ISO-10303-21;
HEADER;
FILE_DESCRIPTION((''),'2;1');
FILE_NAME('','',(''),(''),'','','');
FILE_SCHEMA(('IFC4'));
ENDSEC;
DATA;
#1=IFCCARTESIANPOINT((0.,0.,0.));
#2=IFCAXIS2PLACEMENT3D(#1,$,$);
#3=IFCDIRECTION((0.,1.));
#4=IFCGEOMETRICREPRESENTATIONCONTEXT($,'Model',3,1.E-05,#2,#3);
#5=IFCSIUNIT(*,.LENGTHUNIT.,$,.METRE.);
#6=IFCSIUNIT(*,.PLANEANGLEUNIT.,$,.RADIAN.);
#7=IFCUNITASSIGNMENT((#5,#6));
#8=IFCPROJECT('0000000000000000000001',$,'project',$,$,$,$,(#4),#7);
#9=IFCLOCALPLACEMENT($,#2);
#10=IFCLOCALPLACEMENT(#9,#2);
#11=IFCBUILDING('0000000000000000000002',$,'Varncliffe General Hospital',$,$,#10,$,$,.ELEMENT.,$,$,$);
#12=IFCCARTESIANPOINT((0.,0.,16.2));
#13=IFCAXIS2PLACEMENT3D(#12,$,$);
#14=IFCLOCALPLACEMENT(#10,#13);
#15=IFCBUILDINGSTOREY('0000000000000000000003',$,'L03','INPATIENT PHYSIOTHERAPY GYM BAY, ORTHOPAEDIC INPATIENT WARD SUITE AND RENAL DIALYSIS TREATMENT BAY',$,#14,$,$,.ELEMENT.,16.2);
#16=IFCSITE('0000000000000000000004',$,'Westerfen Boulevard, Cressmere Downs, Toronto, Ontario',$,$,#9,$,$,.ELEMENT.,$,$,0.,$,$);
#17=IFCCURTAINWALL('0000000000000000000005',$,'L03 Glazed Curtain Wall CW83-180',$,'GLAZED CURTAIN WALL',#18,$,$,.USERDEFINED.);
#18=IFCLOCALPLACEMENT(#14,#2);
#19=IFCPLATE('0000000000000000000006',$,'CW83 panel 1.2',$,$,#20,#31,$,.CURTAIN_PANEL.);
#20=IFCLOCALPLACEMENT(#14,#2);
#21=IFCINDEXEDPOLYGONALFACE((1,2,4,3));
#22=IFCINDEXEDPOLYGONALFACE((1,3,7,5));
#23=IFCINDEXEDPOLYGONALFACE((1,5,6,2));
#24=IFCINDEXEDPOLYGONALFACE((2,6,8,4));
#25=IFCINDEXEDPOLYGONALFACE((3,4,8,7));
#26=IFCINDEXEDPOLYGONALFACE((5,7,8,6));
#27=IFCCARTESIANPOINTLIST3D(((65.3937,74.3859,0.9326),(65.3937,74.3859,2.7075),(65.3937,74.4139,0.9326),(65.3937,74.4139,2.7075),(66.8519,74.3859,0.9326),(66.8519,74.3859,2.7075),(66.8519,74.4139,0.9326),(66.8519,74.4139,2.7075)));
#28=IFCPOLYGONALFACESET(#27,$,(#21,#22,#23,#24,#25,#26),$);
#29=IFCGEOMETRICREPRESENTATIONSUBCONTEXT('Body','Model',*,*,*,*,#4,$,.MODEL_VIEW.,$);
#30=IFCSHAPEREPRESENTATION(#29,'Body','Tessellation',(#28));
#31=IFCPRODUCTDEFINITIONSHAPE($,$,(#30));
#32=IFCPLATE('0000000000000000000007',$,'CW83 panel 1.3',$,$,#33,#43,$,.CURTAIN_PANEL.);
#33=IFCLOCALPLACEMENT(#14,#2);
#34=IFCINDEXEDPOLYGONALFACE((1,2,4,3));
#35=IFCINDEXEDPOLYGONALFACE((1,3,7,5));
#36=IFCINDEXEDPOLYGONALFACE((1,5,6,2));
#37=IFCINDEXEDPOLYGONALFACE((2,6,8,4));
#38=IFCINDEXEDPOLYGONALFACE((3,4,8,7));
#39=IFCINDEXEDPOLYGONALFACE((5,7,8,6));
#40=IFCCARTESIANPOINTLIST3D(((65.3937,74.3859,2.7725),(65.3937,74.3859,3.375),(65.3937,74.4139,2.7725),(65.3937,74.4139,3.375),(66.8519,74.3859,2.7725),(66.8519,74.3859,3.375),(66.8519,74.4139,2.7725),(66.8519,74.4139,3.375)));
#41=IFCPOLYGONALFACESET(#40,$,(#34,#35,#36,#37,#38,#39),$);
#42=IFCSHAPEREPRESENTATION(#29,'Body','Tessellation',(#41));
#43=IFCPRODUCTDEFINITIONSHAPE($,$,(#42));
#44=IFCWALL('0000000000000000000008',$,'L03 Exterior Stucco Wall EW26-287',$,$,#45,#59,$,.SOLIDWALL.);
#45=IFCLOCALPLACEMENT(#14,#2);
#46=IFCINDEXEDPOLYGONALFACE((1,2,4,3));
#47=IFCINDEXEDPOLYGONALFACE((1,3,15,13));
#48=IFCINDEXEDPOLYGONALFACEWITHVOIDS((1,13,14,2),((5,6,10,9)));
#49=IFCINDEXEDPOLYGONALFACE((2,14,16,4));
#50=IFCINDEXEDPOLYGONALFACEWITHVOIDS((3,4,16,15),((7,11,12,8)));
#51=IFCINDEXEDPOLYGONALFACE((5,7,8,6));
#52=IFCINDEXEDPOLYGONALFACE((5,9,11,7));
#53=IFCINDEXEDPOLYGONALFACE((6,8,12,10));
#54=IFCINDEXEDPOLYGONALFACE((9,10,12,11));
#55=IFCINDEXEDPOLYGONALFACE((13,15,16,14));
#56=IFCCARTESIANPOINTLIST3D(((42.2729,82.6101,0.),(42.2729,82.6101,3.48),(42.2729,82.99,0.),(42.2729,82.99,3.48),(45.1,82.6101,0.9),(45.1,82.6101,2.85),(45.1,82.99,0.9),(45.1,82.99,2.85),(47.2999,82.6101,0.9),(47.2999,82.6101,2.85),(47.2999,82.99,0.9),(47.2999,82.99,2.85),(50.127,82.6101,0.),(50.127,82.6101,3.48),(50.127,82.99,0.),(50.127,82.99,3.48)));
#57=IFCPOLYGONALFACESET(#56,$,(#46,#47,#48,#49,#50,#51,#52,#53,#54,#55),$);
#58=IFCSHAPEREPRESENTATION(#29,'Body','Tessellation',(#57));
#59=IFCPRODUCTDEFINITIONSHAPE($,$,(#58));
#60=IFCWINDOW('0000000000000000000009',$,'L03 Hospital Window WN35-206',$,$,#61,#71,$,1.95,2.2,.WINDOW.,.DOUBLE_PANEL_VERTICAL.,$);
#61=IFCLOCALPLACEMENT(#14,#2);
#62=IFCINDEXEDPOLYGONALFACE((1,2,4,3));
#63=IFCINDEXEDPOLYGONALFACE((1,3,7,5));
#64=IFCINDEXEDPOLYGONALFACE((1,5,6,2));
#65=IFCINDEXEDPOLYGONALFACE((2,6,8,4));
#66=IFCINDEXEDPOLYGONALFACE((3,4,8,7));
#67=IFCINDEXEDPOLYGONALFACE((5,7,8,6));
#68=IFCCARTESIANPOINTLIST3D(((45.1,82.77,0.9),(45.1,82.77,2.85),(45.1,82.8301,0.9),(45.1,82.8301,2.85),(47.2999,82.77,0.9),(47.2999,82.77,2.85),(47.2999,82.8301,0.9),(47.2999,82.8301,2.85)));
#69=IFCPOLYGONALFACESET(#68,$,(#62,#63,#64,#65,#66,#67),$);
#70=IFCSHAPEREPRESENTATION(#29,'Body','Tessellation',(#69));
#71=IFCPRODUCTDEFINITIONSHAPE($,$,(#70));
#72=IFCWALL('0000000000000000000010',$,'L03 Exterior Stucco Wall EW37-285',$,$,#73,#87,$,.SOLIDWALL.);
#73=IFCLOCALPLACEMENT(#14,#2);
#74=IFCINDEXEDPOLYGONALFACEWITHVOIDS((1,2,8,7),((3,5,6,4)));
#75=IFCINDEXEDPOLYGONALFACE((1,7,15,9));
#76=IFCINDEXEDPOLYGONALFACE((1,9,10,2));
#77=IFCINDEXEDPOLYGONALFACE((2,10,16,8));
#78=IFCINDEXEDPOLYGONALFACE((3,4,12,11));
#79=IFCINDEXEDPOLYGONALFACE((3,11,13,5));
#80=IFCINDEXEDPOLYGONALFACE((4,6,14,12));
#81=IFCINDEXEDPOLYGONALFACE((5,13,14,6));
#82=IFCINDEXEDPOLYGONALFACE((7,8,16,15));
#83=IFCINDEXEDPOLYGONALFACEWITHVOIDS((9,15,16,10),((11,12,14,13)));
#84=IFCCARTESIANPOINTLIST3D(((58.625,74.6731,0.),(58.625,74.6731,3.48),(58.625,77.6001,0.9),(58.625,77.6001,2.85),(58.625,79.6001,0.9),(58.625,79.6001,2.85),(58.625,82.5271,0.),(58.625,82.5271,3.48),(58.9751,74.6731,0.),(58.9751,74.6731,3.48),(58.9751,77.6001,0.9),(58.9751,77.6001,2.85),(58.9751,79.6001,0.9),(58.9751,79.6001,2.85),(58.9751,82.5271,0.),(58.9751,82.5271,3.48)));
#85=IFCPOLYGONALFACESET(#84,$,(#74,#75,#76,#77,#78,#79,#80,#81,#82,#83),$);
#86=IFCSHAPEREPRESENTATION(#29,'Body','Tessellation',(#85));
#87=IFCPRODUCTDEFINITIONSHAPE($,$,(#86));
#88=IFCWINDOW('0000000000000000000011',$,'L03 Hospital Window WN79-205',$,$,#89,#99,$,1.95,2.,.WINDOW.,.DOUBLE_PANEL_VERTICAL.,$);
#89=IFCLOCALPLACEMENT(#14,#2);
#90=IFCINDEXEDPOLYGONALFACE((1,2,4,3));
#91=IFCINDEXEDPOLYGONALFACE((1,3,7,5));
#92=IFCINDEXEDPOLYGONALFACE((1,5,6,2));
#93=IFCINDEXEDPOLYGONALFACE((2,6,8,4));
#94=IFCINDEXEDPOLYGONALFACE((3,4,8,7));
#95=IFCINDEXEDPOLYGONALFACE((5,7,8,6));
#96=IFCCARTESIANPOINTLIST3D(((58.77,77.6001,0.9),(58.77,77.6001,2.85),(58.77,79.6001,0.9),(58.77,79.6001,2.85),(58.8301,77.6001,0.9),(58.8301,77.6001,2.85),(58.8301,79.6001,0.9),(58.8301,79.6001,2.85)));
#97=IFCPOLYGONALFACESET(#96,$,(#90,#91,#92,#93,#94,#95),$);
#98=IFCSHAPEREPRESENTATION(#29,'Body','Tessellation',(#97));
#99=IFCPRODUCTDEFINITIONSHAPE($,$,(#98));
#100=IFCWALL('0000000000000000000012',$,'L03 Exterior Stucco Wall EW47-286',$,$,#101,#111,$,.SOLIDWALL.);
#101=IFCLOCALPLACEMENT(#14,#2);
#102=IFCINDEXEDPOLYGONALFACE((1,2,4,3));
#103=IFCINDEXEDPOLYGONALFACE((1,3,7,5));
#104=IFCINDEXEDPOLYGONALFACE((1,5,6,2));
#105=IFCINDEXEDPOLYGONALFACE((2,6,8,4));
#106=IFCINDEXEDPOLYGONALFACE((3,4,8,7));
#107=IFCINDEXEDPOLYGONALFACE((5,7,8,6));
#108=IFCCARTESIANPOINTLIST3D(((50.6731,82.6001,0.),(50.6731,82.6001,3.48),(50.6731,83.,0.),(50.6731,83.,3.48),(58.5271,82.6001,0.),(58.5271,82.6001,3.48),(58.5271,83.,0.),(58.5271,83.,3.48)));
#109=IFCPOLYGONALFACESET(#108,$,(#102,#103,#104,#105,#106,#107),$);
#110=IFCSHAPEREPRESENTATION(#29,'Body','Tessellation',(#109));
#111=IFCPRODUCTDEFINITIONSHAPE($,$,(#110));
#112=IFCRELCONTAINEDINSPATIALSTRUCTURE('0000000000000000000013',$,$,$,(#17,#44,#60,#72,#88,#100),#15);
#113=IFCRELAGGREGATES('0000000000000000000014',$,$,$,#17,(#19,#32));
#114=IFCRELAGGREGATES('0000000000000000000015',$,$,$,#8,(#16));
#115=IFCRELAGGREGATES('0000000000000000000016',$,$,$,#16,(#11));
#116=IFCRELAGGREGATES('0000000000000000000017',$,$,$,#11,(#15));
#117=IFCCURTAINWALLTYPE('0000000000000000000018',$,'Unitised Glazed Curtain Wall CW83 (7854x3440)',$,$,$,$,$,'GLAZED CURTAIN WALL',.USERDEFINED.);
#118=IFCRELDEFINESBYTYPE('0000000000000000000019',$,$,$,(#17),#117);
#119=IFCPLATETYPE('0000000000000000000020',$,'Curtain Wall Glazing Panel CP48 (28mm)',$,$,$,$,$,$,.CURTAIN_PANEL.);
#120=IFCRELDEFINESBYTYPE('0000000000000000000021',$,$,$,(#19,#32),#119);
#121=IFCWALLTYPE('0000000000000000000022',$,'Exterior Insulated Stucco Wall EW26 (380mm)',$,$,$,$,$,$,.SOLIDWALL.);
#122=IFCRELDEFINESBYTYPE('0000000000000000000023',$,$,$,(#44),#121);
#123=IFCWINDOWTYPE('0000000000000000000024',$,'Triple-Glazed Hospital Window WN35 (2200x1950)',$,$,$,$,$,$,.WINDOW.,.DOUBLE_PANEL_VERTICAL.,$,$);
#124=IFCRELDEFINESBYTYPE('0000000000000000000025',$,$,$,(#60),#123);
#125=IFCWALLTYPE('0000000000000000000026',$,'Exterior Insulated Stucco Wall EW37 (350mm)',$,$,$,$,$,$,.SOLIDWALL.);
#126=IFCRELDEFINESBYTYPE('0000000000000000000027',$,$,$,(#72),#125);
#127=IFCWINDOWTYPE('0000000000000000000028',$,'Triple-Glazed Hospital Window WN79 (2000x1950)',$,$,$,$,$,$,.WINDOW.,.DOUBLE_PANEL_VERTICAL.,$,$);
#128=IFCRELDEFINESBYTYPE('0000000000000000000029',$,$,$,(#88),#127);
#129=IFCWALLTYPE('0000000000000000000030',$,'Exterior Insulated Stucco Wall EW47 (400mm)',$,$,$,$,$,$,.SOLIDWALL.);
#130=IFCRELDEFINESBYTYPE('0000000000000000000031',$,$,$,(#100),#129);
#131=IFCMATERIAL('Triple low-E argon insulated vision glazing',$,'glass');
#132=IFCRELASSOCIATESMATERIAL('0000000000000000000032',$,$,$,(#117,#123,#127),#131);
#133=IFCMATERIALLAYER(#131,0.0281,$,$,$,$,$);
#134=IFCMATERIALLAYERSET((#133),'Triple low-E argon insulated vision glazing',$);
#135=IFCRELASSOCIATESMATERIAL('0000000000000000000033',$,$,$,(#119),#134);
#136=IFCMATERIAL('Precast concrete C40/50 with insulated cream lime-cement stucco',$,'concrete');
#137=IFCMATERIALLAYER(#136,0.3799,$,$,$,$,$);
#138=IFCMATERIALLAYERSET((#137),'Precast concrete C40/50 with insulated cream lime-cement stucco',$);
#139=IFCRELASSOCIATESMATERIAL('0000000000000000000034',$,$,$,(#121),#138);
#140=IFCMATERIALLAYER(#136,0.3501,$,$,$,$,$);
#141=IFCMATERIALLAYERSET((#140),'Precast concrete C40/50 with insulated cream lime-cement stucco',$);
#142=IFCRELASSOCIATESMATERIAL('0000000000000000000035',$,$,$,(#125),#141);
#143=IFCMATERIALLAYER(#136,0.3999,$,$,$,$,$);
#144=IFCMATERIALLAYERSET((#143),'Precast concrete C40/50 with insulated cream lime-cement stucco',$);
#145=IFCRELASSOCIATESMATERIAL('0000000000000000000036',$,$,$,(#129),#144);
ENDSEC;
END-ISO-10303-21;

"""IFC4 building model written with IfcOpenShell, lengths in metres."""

from ifc_helpers import new_model, si_unit, direction, frame, frame_2d, origin, origin_2d, place, context, subcontext, project, spatial, rectangle, extrude, material, layer, layer_set, type_object, element, fill, aggregate, save


model = new_model("IFC4")

# Units and contexts
model_context = context("Model", 3, precision=1e-05, world=origin(), true_north=direction((0.0, 1.0)))
body_context = subcontext(model_context, "Body", "Model", "MODEL_VIEW")
ifc_project = project(units=[si_unit("LENGTHUNIT", "METRE"), si_unit("PLANEANGLEUNIT", "RADIAN")], contexts=[model_context])

# Site, building, storey
site_placement = place(None, origin())
site = spatial("IfcSite", under=ifc_project, at=site_placement, Name="Westerfen Boulevard, Cressmere Downs, Toronto, Ontario", CompositionType="ELEMENT", RefElevation=0.0)
building_placement = place(site_placement, origin())
building = spatial("IfcBuilding", under=site, at=building_placement, Name="Varncliffe General Hospital", CompositionType="ELEMENT")
storey_placement = place(building_placement, frame((0.0, 0.0, 16.2)))
storey = spatial("IfcBuildingStorey", under=building, at=storey_placement, Name="L03", Description="INPATIENT PHYSIOTHERAPY GYM BAY, ORTHOPAEDIC INPATIENT WARD SUITE AND RENAL DIALYSIS TREATMENT BAY", CompositionType="ELEMENT", Elevation=16.2)

# Curtain wall
ifc_material_1 = material(Name="Triple low-E argon insulated vision glazing", Category="glass")
curtain_wall_type = type_object("IfcCurtainWallType", Name="Unitised Glazed Curtain Wall CW83 (7854x3440)", ElementType="GLAZED CURTAIN WALL", PredefinedType="USERDEFINED", material=ifc_material_1)
curtain_wall_placement = place(storey_placement, origin())
curtain_wall = element("IfcCurtainWall", 1, at=curtain_wall_placement, inside=storey, type_object=curtain_wall_type, Name="L03 Glazed Curtain Wall CW83-180", ObjectType="GLAZED CURTAIN WALL", PredefinedType="USERDEFINED")

# Plates
ifc_layer_1 = layer(ifc_material_1, 0.0281)
ifc_layer_set_1 = layer_set([ifc_layer_1], Name="Triple low-E argon insulated vision glazing")
plate_type = type_object("IfcPlateType", Name="Curtain Wall Glazing Panel CP48 (28mm)", PredefinedType="CURTAIN_PANEL", material=ifc_layer_set_1)
plate_1_placement = place(storey_placement, frame((66.1228, 74.3999, 0.9326), z_axis=(0.0, 0.0, 1.0), x_axis=(-1.0, 0.0, 0.0)))
plate_1 = element("IfcPlate", 2, at=plate_1_placement, type_object=plate_type, Name="CW83 panel 1.2", PredefinedType="CURTAIN_PANEL", context=body_context, shape_type="SweptSolid", body=[
    extrude(rectangle(XDim=1.4583, YDim=0.0281, at=origin_2d()), origin(), (0.0, 0.0, 1.0), 1.7749),
])
plate_2_placement = place(storey_placement, frame((66.1228, 74.3999, 2.7725), z_axis=(0.0, 0.0, 1.0), x_axis=(-1.0, 0.0, 0.0)))
plate_2 = element("IfcPlate", 3, at=plate_2_placement, type_object=plate_type, Name="CW83 panel 1.3", PredefinedType="CURTAIN_PANEL", context=body_context, shape_type="SweptSolid", body=[
    extrude(rectangle(XDim=1.4583, YDim=0.0281, at=origin_2d()), origin(), (0.0, 0.0, 1.0), 0.6025),
])
aggregate(curtain_wall, [plate_1, plate_2])

# Walls, openings, windows
ifc_material_2 = material(Name="Precast concrete C40/50 with insulated cream lime-cement stucco", Category="concrete")
ifc_layer_2 = layer(ifc_material_2, 0.3799)
ifc_layer_set_2 = layer_set([ifc_layer_2], Name="Precast concrete C40/50 with insulated cream lime-cement stucco")
wall_type_1 = type_object("IfcWallType", Name="Exterior Insulated Stucco Wall EW26 (380mm)", PredefinedType="SOLIDWALL", material=ifc_layer_set_2)
wall_1_placement = place(storey_placement, frame((50.127, 82.8, 0.0), z_axis=(0.0, 0.0, 1.0), x_axis=(-1.0, 0.0, 0.0)))
wall_1 = element("IfcWall", 4, at=wall_1_placement, inside=storey, type_object=wall_type_1, Name="L03 Exterior Stucco Wall EW26-287", PredefinedType="SOLIDWALL", context=body_context, shape_type="SweptSolid", body=[
    extrude(rectangle(XDim=7.854, YDim=0.3799, at=frame_2d((3.927, 0.0))), origin(), (0.0, 0.0, 1.0), 3.48),
])
opening_1_placement = place(wall_1_placement, frame((2.8269, 0.0, 0.8999)))
opening_1 = element("IfcOpeningElement", 5, at=opening_1_placement, cuts=wall_1, PredefinedType="OPENING", context=body_context, shape_type="SweptSolid", body=[
    extrude(rectangle(XDim=2.2, YDim=1.95, at=frame_2d((1.1001, 0.9751))), frame((0.0, 0.2, 0.0), z_axis=(0.0, -1.0, 0.0), x_axis=(1.0, 0.0, 0.0)), (0.0, 0.0, 1.0), 0.3999),
])
window_type_1 = type_object("IfcWindowType", Name="Triple-Glazed Hospital Window WN35 (2200x1950)", PartitioningType="DOUBLE_PANEL_VERTICAL", PredefinedType="WINDOW", material=ifc_material_1)
window_1_placement = place(opening_1_placement, origin())
window_1 = element("IfcWindow", 6, at=window_1_placement, inside=storey, type_object=window_type_1, Name="L03 Hospital Window WN35-206", OverallHeight=1.95, OverallWidth=2.2, PartitioningType="DOUBLE_PANEL_VERTICAL", PredefinedType="WINDOW", context=body_context, shape_type="SweptSolid", body=[
    extrude(rectangle(XDim=2.2, YDim=1.95, at=frame_2d((1.1001, 0.9751))), frame((0.0, 0.03, 0.0), z_axis=(0.0, -1.0, 0.0), x_axis=(1.0, 0.0, 0.0)), (0.0, 0.0, 1.0), 0.0601),
])
fill(opening_1, window_1)
ifc_layer_3 = layer(ifc_material_2, 0.3501)
ifc_layer_set_3 = layer_set([ifc_layer_3], Name="Precast concrete C40/50 with insulated cream lime-cement stucco")
wall_type_2 = type_object("IfcWallType", Name="Exterior Insulated Stucco Wall EW37 (350mm)", PredefinedType="SOLIDWALL", material=ifc_layer_set_3)
wall_2_placement = place(storey_placement, frame((58.8, 74.6731, 0.0), z_axis=(0.0, 0.0, 1.0), x_axis=(0.0, 1.0, 0.0)))
wall_2 = element("IfcWall", 7, at=wall_2_placement, inside=storey, type_object=wall_type_2, Name="L03 Exterior Stucco Wall EW37-285", PredefinedType="SOLIDWALL", context=body_context, shape_type="SweptSolid", body=[
    extrude(rectangle(XDim=7.854, YDim=0.3501, at=frame_2d((3.927, 0.0))), origin(), (0.0, 0.0, 1.0), 3.48),
])
opening_2_placement = place(wall_2_placement, frame((2.927, 0.0, 0.8999)))
opening_2 = element("IfcOpeningElement", 8, at=opening_2_placement, cuts=wall_2, PredefinedType="OPENING", context=body_context, shape_type="SweptSolid", body=[
    extrude(rectangle(XDim=2.0, YDim=1.95, at=frame_2d((1.0, 0.9751))), frame((0.0, 0.1851, 0.0), z_axis=(0.0, -1.0, 0.0), x_axis=(1.0, 0.0, 0.0)), (0.0, 0.0, 1.0), 0.3701),
])
window_type_2 = type_object("IfcWindowType", Name="Triple-Glazed Hospital Window WN79 (2000x1950)", PartitioningType="DOUBLE_PANEL_VERTICAL", PredefinedType="WINDOW", material=ifc_material_1)
window_2_placement = place(opening_2_placement, origin())
window_2 = element("IfcWindow", 9, at=window_2_placement, inside=storey, type_object=window_type_2, Name="L03 Hospital Window WN79-205", OverallHeight=1.95, OverallWidth=2.0, PartitioningType="DOUBLE_PANEL_VERTICAL", PredefinedType="WINDOW", context=body_context, shape_type="SweptSolid", body=[
    extrude(rectangle(XDim=2.0, YDim=1.95, at=frame_2d((1.0, 0.9751))), frame((0.0, 0.03, 0.0), z_axis=(0.0, -1.0, 0.0), x_axis=(1.0, 0.0, 0.0)), (0.0, 0.0, 1.0), 0.0601),
])
fill(opening_2, window_2)

# Wall
ifc_layer_4 = layer(ifc_material_2, 0.3999)
ifc_layer_set_4 = layer_set([ifc_layer_4], Name="Precast concrete C40/50 with insulated cream lime-cement stucco")
wall_type_3 = type_object("IfcWallType", Name="Exterior Insulated Stucco Wall EW47 (400mm)", PredefinedType="SOLIDWALL", material=ifc_layer_set_4)
wall_3_placement = place(storey_placement, frame((58.5271, 82.8, 0.0), z_axis=(0.0, 0.0, 1.0), x_axis=(-1.0, 0.0, 0.0)))
element("IfcWall", 10, at=wall_3_placement, inside=storey, type_object=wall_type_3, Name="L03 Exterior Stucco Wall EW47-286", PredefinedType="SOLIDWALL", context=body_context, shape_type="SweptSolid", body=[
    extrude(rectangle(XDim=7.854, YDim=0.3999, at=frame_2d((3.927, 0.0))), origin(), (0.0, 0.0, 1.0), 3.48),
])

save(model, "model.ifc")
